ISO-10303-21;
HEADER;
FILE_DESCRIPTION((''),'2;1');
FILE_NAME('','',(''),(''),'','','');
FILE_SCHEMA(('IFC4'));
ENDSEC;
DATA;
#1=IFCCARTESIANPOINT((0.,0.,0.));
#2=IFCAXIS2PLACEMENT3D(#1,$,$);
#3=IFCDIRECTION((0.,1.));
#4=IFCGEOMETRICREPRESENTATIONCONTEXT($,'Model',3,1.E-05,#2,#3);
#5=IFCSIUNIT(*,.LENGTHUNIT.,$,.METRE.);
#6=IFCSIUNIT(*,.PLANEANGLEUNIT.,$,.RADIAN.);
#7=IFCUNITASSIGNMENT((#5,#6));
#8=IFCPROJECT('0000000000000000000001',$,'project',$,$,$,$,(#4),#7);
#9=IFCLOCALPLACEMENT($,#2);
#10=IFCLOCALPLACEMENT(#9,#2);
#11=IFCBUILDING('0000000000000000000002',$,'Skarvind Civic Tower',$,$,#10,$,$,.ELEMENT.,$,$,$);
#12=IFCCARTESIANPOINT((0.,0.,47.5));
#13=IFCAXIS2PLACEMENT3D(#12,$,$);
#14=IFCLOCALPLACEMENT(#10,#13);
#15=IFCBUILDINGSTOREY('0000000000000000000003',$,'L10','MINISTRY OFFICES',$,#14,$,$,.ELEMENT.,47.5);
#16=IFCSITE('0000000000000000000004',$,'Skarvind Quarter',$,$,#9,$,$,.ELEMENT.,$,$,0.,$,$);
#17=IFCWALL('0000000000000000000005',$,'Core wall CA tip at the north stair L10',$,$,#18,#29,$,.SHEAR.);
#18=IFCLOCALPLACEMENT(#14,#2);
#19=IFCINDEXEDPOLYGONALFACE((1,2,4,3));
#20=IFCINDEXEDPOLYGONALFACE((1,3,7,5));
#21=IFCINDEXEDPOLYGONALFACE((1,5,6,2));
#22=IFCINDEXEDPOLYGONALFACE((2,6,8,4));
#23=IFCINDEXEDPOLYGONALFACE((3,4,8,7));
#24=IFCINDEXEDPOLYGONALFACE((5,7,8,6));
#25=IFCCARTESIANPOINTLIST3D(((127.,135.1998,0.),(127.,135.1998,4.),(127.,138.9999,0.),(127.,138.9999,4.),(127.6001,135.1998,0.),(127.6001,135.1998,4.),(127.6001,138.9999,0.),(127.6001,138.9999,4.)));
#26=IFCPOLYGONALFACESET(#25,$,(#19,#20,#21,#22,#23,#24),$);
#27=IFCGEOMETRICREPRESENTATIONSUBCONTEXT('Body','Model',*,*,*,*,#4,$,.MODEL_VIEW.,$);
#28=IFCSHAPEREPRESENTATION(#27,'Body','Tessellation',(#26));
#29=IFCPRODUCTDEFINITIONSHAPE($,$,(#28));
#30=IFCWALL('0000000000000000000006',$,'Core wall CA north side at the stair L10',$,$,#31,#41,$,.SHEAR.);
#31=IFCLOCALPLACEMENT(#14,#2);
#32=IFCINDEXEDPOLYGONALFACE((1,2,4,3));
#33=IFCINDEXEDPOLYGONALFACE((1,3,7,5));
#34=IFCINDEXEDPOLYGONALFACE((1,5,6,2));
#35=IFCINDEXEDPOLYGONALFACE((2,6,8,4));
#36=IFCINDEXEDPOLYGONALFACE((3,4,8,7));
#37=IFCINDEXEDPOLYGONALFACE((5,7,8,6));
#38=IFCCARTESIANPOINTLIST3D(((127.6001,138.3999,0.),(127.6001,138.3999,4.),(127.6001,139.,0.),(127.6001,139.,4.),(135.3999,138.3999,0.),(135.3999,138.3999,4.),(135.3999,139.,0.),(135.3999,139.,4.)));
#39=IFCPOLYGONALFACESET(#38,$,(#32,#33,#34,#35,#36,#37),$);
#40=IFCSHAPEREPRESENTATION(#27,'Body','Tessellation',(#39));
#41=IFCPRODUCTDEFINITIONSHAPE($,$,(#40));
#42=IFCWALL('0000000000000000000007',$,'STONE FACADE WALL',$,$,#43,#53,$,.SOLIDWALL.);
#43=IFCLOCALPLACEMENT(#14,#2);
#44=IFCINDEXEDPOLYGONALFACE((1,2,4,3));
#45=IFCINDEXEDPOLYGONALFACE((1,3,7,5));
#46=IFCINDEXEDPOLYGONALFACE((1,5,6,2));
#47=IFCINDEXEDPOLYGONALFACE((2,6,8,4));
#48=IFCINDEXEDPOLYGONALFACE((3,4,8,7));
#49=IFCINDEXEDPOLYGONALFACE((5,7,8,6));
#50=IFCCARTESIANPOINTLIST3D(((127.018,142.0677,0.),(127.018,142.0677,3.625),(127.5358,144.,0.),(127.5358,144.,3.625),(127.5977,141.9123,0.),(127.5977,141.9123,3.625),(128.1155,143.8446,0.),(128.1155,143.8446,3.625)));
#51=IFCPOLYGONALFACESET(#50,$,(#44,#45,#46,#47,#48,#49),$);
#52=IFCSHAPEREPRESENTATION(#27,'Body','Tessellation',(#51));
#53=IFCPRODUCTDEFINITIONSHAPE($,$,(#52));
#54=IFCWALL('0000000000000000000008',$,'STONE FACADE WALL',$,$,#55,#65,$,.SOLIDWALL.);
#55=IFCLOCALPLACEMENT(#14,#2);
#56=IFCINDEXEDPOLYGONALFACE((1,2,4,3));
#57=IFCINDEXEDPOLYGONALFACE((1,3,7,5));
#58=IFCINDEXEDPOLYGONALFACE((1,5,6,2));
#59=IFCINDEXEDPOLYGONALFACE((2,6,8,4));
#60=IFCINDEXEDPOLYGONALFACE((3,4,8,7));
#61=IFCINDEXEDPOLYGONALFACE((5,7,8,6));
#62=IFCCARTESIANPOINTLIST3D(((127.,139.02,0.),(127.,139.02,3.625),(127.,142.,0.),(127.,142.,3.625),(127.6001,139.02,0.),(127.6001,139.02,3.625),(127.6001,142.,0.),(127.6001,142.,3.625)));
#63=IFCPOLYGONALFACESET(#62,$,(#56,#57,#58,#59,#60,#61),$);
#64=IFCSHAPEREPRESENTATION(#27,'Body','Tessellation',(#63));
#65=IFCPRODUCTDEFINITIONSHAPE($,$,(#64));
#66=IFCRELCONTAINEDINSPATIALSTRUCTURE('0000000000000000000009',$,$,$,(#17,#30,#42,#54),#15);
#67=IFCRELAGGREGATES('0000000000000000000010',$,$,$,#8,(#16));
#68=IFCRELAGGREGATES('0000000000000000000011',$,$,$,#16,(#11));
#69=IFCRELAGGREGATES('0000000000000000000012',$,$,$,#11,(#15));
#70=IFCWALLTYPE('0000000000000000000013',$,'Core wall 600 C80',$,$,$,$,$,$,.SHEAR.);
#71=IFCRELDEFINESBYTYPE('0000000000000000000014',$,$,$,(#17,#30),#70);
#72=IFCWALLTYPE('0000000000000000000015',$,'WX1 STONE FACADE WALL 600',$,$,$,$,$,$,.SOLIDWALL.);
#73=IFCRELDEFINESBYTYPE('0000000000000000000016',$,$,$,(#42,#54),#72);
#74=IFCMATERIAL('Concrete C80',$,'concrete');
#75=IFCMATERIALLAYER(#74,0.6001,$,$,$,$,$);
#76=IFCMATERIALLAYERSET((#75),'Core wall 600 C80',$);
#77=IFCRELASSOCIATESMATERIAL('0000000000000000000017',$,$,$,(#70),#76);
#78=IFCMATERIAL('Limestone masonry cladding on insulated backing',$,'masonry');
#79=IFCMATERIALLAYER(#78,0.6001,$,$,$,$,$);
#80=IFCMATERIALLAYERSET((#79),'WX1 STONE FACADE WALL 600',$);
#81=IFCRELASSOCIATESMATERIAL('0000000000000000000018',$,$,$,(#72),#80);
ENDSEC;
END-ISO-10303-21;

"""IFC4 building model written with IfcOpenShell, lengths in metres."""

from ifc_helpers import new_model, si_unit, direction, frame, frame_2d, origin, place, context, subcontext, project, spatial, rectangle, extrude, material, layer, layer_set, type_object, element, save


model = new_model("IFC4")

# Units and contexts
model_context = context("Model", 3, precision=1e-05, world=origin(), true_north=direction((0.0, 1.0)))
body_context = subcontext(model_context, "Body", "Model", "MODEL_VIEW")
ifc_project = project(units=[si_unit("LENGTHUNIT", "METRE"), si_unit("PLANEANGLEUNIT", "RADIAN")], contexts=[model_context])

# Site, building, storey
site_placement = place(None, origin())
site = spatial("IfcSite", under=ifc_project, at=site_placement, Name="Skarvind Quarter", CompositionType="ELEMENT", RefElevation=0.0)
building_placement = place(site_placement, origin())
building = spatial("IfcBuilding", under=site, at=building_placement, Name="Skarvind Civic Tower", CompositionType="ELEMENT")
storey_placement = place(building_placement, frame((0.0, 0.0, 47.5)))
storey = spatial("IfcBuildingStorey", under=building, at=storey_placement, Name="L10", Description="MINISTRY OFFICES", CompositionType="ELEMENT", Elevation=47.5)

# Shared definitions
ifc_material_1 = material(Name="Concrete C80", Category="concrete")

# Walls
ifc_layer_1 = layer(ifc_material_1, 0.6001)
ifc_layer_set_1 = layer_set([ifc_layer_1], Name="Core wall 600 C80")
wall_type_1 = type_object("IfcWallType", Name="Core wall 600 C80", PredefinedType="SHEAR", material=ifc_layer_set_1)
wall_1_placement = place(storey_placement, frame((127.3, 135.2, 0.0), z_axis=(0.0, 0.0, 1.0), x_axis=(0.0, 1.0, 0.0)))
element("IfcWall", 1, at=wall_1_placement, inside=storey, type_object=wall_type_1, Name="Core wall CA tip at the north stair L10", PredefinedType="SHEAR", context=body_context, shape_type="SweptSolid", body=[
    extrude(rectangle(XDim=3.8, YDim=0.6001, at=frame_2d((1.8999, 0.0))), origin(), (0.0, 0.0, 1.0), 4.0),
])
wall_2_placement = place(storey_placement, frame((127.6001, 138.7, 0.0), z_axis=(0.0, 0.0, 1.0), x_axis=(1.0, 0.0, 0.0)))
element("IfcWall", 2, at=wall_2_placement, inside=storey, type_object=wall_type_1, Name="Core wall CA north side at the stair L10", PredefinedType="SHEAR", context=body_context, shape_type="SweptSolid", body=[
    extrude(rectangle(XDim=7.7998, YDim=0.6001, at=frame_2d((3.8999, 0.0))), origin(), (0.0, 0.0, 1.0), 4.0),
])
ifc_material_2 = material(Name="Limestone masonry cladding on insulated backing", Category="masonry")
ifc_layer_2 = layer(ifc_material_2, 0.6001)
ifc_layer_set_2 = layer_set([ifc_layer_2], Name="WX1 STONE FACADE WALL 600")
wall_type_2 = type_object("IfcWallType", Name="WX1 STONE FACADE WALL 600", PredefinedType="SOLIDWALL", material=ifc_layer_set_2)
wall_3_placement = place(storey_placement, frame((127.3079, 141.99, 0.0), z_axis=(0.0, 0.0, 1.0), x_axis=(0.25884, 0.96592, 0.0)))
element("IfcWall", 3, at=wall_3_placement, inside=storey, type_object=wall_type_2, Name="STONE FACADE WALL", PredefinedType="SOLIDWALL", context=body_context, shape_type="SweptSolid", body=[
    extrude(rectangle(XDim=2.0005, YDim=0.6001, at=frame_2d((1.0002, 0.0))), origin(), (0.0, 0.0, 1.0), 3.625),
])
wall_4_placement = place(storey_placement, frame((127.3, 139.02, 0.0), z_axis=(0.0, 0.0, 1.0), x_axis=(0.0, 1.0, 0.0)))
element("IfcWall", 4, at=wall_4_placement, inside=storey, type_object=wall_type_2, Name="STONE FACADE WALL", PredefinedType="SOLIDWALL", context=body_context, shape_type="SweptSolid", body=[
    extrude(rectangle(XDim=2.98, YDim=0.6001, at=frame_2d((1.49, 0.0))), origin(), (0.0, 0.0, 1.0), 3.625),
])

save(model, "model.ifc")
